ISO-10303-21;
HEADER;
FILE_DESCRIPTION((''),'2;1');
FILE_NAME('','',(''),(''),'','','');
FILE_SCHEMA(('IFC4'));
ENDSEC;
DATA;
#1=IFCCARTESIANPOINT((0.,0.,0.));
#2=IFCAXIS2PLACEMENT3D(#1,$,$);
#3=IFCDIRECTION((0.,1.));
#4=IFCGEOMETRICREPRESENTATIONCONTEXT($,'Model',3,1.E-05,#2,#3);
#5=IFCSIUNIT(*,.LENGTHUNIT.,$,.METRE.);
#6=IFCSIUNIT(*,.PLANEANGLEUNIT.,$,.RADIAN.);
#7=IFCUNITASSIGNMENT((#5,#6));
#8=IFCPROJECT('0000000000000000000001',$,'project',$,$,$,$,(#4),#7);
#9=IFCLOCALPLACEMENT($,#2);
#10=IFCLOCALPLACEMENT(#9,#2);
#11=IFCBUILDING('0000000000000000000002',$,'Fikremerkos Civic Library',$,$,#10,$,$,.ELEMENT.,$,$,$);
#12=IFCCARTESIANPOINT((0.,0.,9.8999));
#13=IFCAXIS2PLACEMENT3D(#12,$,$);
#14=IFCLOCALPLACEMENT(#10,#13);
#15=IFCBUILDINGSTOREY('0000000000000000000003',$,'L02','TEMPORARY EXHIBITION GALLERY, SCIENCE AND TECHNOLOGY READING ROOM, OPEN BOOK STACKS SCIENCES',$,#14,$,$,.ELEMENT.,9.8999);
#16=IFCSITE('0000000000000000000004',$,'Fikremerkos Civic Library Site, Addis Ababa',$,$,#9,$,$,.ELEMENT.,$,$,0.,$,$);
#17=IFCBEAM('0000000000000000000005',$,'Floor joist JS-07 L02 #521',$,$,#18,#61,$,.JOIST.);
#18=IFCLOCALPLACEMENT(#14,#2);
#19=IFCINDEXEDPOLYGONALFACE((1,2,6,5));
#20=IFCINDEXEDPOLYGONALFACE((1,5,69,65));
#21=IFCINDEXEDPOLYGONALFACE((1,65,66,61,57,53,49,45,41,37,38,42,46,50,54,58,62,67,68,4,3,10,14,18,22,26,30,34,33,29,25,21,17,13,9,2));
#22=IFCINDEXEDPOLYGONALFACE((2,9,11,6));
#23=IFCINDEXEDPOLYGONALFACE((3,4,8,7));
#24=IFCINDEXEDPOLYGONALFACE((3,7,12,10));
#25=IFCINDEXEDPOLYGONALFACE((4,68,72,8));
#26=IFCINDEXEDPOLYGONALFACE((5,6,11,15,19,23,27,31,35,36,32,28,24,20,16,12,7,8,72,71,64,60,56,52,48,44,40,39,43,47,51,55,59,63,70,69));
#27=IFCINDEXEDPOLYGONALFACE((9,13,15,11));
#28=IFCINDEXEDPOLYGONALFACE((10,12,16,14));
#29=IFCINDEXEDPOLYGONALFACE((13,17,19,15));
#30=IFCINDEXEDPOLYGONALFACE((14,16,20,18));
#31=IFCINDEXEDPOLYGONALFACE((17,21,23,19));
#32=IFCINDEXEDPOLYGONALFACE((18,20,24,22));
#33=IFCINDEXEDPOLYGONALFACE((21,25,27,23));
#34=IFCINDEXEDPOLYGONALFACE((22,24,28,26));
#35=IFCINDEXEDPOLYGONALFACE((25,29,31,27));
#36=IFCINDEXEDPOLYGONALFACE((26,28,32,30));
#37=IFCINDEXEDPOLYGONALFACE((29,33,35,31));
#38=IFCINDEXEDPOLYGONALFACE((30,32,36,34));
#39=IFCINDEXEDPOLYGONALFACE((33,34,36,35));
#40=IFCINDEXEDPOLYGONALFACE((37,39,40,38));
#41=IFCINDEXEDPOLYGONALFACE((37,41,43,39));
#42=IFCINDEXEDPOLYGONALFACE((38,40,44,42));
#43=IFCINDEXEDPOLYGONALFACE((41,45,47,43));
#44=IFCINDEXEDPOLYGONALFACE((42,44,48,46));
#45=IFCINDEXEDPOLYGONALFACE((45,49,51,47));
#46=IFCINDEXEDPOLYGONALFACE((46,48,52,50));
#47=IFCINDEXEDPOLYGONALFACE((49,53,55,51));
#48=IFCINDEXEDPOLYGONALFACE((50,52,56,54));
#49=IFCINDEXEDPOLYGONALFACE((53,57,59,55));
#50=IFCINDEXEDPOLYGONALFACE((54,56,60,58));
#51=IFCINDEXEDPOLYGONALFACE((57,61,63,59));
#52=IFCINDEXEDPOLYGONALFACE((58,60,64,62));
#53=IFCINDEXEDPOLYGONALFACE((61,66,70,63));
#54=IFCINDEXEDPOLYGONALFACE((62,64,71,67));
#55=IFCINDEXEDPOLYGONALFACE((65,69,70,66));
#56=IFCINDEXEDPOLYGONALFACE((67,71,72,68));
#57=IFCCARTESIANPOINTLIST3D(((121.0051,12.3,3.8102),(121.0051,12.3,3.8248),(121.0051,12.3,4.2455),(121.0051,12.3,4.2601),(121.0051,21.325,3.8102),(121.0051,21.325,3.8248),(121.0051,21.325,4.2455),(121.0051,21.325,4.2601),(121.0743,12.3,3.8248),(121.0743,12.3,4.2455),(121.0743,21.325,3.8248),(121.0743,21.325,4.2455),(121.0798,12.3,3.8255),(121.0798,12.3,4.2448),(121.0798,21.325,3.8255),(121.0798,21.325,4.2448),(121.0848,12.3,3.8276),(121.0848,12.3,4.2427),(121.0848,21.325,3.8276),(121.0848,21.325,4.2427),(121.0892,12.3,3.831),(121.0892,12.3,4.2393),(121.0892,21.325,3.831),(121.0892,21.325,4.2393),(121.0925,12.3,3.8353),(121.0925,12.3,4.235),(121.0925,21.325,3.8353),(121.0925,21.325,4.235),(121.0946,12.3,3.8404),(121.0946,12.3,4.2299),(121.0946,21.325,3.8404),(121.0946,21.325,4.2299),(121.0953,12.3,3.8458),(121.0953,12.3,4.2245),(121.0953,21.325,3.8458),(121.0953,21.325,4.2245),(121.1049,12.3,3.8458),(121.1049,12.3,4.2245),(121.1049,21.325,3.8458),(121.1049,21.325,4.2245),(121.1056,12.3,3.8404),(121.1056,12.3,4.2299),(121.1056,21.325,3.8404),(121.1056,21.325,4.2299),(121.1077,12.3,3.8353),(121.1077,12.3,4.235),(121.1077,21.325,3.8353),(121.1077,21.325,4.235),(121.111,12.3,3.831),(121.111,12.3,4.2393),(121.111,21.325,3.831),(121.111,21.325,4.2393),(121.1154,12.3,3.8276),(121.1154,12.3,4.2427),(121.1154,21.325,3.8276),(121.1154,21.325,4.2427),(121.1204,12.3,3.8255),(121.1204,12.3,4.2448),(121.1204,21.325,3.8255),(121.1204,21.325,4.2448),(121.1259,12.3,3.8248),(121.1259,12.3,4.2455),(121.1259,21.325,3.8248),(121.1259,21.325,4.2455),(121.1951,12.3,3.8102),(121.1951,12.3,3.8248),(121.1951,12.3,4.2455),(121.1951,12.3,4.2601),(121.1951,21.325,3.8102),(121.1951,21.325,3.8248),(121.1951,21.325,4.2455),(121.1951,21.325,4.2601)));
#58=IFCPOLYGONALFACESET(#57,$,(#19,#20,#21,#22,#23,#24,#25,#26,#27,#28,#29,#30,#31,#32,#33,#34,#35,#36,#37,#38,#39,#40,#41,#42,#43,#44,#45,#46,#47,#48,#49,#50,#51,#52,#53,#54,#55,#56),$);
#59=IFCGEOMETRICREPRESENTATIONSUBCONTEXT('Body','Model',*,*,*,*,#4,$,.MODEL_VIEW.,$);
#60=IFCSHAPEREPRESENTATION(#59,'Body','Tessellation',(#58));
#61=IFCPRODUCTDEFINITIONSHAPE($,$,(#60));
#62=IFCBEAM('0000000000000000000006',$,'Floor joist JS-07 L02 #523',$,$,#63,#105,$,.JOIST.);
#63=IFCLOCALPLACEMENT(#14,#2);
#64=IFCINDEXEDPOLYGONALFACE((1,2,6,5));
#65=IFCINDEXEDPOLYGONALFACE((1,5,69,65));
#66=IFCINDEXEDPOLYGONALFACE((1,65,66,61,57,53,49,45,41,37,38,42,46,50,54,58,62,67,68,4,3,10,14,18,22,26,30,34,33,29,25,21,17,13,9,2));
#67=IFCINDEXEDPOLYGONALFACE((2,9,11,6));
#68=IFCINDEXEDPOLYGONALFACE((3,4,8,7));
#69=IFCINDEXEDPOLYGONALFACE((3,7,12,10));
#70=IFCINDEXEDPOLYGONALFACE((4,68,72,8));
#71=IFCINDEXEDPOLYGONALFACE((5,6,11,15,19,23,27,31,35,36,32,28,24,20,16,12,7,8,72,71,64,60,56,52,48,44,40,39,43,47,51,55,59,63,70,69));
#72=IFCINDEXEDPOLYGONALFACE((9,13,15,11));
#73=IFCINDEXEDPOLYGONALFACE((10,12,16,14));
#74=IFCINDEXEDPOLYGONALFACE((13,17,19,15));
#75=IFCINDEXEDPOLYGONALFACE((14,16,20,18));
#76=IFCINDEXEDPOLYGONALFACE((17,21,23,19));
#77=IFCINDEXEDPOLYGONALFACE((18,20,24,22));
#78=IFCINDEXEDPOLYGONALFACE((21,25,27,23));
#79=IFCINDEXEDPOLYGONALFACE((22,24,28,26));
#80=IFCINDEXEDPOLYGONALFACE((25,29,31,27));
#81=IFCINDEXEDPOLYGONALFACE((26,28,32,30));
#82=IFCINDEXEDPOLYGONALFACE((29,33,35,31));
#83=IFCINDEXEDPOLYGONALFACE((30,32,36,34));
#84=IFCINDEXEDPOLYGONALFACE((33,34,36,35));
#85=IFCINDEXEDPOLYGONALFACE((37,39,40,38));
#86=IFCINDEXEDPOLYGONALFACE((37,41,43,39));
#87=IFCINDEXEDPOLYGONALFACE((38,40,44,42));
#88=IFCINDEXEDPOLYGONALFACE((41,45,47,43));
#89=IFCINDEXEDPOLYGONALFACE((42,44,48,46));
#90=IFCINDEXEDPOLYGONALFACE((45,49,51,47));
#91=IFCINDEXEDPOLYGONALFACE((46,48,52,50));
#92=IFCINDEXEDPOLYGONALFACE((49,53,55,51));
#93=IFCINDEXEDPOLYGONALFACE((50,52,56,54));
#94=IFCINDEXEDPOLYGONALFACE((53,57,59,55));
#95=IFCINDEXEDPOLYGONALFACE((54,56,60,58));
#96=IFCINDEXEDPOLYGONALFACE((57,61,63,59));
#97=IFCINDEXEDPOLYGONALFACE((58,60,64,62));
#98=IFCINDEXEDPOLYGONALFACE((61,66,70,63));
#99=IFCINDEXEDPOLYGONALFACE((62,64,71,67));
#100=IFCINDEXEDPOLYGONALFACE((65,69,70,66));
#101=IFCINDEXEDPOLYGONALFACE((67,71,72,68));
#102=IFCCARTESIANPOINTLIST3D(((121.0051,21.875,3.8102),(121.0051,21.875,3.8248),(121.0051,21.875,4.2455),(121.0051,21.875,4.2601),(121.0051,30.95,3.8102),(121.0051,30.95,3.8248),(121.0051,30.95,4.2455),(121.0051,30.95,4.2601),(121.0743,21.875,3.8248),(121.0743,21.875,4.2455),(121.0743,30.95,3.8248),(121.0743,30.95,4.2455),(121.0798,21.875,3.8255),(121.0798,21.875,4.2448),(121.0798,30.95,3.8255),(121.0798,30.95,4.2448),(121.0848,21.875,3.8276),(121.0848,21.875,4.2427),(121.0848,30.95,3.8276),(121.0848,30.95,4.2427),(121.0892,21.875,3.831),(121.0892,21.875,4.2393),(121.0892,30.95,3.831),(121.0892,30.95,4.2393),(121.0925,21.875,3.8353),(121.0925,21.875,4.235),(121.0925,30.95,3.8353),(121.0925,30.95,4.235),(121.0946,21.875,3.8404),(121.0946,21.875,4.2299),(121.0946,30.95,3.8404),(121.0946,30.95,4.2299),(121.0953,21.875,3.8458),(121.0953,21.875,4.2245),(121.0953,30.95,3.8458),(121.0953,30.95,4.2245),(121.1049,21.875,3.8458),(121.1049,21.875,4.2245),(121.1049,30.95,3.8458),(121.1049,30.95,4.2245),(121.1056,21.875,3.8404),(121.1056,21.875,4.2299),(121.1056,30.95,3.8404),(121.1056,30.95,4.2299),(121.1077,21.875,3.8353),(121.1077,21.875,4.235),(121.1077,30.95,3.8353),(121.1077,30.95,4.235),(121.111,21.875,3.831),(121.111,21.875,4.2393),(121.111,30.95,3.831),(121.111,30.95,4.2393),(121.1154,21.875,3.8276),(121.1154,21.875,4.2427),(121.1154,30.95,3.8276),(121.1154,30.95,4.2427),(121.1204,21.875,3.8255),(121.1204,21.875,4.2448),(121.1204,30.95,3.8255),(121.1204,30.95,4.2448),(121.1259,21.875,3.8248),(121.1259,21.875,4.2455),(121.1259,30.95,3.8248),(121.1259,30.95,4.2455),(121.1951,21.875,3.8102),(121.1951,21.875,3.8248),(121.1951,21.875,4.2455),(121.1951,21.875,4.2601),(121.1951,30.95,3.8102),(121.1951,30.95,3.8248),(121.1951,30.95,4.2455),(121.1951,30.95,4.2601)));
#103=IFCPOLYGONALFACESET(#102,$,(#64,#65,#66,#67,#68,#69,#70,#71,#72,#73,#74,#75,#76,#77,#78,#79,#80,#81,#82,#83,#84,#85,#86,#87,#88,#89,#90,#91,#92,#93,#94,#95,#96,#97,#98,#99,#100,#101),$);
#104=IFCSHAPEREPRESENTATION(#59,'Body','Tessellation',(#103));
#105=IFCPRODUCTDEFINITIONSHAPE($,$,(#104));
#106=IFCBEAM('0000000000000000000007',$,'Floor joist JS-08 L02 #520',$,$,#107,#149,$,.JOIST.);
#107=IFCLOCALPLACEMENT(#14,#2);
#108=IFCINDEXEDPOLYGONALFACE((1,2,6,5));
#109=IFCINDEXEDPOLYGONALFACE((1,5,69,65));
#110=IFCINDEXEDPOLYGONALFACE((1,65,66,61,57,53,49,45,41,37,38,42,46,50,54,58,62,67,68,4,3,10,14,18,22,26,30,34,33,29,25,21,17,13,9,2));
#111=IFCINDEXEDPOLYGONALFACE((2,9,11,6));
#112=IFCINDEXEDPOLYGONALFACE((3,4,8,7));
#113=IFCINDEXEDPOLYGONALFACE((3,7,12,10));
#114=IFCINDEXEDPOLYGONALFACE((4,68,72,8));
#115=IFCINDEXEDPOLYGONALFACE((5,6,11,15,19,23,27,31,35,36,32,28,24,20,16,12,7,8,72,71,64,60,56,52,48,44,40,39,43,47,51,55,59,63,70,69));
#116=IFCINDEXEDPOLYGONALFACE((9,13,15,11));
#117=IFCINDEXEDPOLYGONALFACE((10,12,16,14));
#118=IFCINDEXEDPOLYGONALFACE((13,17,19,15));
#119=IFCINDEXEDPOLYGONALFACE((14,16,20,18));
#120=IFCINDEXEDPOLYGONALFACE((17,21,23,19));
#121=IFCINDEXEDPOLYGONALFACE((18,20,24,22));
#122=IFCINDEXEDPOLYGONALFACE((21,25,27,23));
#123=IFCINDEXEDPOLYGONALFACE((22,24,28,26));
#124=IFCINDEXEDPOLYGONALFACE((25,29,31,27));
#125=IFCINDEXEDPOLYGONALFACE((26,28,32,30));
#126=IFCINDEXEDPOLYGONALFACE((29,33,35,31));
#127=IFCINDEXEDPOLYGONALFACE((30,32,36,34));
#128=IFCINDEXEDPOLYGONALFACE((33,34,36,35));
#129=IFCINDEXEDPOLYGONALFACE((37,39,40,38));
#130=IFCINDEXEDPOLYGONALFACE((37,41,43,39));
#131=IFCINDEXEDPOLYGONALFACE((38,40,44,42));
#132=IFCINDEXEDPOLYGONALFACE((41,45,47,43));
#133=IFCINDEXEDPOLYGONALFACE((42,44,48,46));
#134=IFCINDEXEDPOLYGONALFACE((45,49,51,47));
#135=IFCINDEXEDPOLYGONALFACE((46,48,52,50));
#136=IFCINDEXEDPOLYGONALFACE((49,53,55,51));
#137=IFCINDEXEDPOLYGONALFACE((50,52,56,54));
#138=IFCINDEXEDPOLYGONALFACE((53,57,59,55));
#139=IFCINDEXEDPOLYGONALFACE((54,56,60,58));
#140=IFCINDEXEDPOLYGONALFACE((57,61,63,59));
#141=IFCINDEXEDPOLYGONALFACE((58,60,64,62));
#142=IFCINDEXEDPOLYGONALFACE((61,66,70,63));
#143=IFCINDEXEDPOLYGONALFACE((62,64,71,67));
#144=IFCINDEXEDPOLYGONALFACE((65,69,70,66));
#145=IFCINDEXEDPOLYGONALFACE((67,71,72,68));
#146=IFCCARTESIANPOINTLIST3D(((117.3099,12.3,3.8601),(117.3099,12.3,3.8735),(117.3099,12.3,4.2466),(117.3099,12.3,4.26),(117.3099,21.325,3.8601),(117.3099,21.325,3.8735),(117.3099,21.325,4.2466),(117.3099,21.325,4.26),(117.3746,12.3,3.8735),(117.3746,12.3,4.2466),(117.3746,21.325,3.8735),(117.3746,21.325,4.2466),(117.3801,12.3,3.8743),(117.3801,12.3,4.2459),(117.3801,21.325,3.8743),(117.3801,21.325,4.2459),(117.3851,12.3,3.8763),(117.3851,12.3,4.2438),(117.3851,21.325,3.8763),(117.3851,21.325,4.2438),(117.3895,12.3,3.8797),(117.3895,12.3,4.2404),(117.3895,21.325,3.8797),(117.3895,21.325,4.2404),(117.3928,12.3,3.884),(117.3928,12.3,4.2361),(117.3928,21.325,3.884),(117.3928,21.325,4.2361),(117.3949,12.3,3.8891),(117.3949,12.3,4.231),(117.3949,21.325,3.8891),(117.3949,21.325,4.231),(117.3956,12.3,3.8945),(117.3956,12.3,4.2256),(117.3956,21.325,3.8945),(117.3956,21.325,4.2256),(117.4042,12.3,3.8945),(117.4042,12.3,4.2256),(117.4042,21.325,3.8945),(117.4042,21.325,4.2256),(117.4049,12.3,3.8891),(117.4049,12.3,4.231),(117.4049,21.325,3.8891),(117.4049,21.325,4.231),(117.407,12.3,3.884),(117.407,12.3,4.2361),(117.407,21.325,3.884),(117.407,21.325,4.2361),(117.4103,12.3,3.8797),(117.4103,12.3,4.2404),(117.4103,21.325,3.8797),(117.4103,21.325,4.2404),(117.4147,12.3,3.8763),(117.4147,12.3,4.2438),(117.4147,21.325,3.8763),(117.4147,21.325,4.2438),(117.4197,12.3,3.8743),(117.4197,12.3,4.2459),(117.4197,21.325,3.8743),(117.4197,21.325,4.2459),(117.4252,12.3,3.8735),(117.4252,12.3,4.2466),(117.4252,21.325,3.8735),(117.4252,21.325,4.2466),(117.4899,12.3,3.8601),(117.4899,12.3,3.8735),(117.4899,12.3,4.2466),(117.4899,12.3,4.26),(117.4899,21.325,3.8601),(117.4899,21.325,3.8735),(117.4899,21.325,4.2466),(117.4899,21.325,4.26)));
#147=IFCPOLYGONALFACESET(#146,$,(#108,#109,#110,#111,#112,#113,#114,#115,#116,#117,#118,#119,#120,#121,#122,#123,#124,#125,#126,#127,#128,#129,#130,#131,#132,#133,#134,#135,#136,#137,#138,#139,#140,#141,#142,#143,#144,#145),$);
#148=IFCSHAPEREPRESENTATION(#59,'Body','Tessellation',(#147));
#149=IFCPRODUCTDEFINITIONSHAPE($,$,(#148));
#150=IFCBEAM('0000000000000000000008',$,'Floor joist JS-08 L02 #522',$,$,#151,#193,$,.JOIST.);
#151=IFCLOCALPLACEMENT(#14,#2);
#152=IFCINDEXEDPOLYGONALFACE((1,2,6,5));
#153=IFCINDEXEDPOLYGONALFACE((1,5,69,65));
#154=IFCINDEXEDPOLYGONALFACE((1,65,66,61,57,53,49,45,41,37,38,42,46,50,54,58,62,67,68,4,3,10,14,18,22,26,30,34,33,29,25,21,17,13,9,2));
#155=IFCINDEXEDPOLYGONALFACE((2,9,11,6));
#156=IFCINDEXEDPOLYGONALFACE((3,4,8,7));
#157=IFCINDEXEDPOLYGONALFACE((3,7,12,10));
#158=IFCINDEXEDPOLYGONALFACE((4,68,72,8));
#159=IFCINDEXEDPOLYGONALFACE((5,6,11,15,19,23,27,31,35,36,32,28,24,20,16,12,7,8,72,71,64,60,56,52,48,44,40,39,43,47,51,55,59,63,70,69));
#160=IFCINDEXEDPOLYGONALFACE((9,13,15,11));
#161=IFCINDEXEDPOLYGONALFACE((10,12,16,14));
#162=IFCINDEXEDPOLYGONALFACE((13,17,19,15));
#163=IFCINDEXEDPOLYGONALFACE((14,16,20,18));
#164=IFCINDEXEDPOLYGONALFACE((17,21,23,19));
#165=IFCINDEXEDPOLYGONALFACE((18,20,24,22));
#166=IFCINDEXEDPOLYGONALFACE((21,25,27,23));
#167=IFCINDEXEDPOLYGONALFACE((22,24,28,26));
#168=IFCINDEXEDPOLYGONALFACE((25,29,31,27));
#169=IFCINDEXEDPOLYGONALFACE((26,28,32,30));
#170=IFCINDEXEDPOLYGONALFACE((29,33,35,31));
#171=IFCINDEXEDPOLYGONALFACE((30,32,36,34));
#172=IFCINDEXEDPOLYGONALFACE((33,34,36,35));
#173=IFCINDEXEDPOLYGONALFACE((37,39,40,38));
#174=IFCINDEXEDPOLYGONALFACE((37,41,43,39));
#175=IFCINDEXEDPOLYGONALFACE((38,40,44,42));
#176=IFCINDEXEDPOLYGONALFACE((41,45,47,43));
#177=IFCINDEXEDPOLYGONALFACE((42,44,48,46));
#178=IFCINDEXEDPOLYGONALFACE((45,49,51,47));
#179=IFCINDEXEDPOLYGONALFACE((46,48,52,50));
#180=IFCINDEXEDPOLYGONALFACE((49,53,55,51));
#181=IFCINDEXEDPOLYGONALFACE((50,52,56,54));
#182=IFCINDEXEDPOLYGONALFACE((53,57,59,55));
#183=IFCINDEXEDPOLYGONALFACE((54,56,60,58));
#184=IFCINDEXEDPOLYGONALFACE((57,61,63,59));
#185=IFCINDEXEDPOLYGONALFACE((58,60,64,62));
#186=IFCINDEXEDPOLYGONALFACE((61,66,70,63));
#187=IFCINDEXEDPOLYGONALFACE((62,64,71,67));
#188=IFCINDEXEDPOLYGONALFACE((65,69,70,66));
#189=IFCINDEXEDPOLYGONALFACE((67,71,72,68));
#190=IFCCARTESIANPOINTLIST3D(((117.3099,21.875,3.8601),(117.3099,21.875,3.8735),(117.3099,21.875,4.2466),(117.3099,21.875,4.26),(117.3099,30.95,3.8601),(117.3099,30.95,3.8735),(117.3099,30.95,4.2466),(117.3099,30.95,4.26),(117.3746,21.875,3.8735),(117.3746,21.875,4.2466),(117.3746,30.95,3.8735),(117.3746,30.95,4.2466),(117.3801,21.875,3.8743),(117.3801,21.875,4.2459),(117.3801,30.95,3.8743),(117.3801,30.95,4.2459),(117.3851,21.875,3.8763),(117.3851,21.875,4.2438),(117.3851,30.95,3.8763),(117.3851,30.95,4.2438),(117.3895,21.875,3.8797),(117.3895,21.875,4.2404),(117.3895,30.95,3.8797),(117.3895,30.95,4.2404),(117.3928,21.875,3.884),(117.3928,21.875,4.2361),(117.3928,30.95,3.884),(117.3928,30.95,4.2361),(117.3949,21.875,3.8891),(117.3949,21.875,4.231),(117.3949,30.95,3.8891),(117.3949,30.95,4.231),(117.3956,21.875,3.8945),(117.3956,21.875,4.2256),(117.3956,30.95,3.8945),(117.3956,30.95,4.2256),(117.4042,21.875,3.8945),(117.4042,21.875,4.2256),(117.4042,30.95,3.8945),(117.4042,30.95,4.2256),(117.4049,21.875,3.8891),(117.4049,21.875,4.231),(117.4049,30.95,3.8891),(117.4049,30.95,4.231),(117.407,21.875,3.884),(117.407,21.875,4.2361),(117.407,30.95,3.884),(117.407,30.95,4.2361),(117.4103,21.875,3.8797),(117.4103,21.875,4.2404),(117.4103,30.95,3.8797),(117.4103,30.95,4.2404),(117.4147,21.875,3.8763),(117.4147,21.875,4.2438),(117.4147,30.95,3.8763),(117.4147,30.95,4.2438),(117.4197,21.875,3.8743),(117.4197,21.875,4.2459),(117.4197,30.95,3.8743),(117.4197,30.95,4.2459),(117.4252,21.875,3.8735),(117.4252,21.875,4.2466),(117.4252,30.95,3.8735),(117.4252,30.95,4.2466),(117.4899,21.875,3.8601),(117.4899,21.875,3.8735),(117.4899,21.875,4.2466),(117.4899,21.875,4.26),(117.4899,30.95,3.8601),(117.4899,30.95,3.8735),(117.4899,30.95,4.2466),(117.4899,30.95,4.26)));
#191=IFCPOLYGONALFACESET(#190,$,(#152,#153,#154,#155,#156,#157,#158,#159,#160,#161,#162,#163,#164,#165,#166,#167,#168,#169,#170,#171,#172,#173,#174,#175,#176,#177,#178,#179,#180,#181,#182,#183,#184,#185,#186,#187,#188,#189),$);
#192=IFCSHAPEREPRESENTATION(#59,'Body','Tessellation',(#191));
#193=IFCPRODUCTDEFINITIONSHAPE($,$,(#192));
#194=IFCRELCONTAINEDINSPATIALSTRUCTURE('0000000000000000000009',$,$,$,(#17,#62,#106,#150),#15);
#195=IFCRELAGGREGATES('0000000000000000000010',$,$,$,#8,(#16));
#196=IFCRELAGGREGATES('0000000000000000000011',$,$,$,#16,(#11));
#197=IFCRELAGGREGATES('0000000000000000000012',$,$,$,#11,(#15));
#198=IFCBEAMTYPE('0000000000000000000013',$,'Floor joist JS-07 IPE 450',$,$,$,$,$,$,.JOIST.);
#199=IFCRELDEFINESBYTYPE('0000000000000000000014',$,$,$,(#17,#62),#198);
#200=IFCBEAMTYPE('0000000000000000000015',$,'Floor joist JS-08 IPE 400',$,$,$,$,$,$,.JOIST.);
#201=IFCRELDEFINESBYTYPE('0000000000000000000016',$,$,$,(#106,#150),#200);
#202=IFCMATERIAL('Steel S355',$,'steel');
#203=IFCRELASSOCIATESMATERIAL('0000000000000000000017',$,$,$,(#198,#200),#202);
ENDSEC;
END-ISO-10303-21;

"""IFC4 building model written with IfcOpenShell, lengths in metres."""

from ifc_helpers import new_model, si_unit, direction, frame, origin, origin_2d, place, context, subcontext, project, spatial, i_section, extrude, material, material_profile, profile_set, type_object, element, save


model = new_model("IFC4")

# Units and contexts
model_context = context("Model", 3, precision=1e-05, world=origin(), true_north=direction((0.0, 1.0)))
body_context = subcontext(model_context, "Body", "Model", "MODEL_VIEW")
ifc_project = project(units=[si_unit("LENGTHUNIT", "METRE"), si_unit("PLANEANGLEUNIT", "RADIAN")], contexts=[model_context])

# Site, building, storey
site_placement = place(None, origin())
site = spatial("IfcSite", under=ifc_project, at=site_placement, Name="Fikremerkos Civic Library Site, Addis Ababa", CompositionType="ELEMENT", RefElevation=0.0)
building_placement = place(site_placement, origin())
building = spatial("IfcBuilding", under=site, at=building_placement, Name="Fikremerkos Civic Library", CompositionType="ELEMENT")
storey_placement = place(building_placement, frame((0.0, 0.0, 9.8999)))
storey = spatial("IfcBuildingStorey", under=building, at=storey_placement, Name="L02", Description="TEMPORARY EXHIBITION GALLERY, SCIENCE AND TECHNOLOGY READING ROOM, OPEN BOOK STACKS SCIENCES", CompositionType="ELEMENT", Elevation=9.8999)

# Shared definitions
ifc_material_1 = material(Name="Steel S355", Category="steel")

# Beams
ifc_material_profile_1 = material_profile(ifc_material_1, i_section(OverallWidth=0.1899, OverallDepth=0.45, WebThickness=0.0095, FlangeThickness=0.0146, FilletRadius=0.021, at=origin_2d()), Name="IPE 450")
ifc_profile_set_1 = profile_set([ifc_material_profile_1], Name="Steel S355")
beam_type_1 = type_object("IfcBeamType", Name="Floor joist JS-07 IPE 450", PredefinedType="JOIST", material=ifc_profile_set_1)
beam_1_placement = place(storey_placement, frame((121.1001, 12.3, 4.0352), z_axis=(0.0, 1.0, 0.0), x_axis=(-1.0, 0.0, 0.0)))
element("IfcBeam", 1, at=beam_1_placement, inside=storey, type_object=beam_type_1, Name="Floor joist JS-07 L02 #521", PredefinedType="JOIST", context=body_context, shape_type="SweptSolid", body=[
    extrude(i_section(OverallWidth=0.1899, OverallDepth=0.45, WebThickness=0.0095, FlangeThickness=0.0146, FilletRadius=0.021, at=origin_2d()), origin(), (0.0, 0.0, 1.0), 9.0249),
])
beam_2_placement = place(storey_placement, frame((121.1001, 21.875, 4.0352), z_axis=(0.0, 1.0, 0.0), x_axis=(-1.0, 0.0, 0.0)))
element("IfcBeam", 2, at=beam_2_placement, inside=storey, type_object=beam_type_1, Name="Floor joist JS-07 L02 #523", PredefinedType="JOIST", context=body_context, shape_type="SweptSolid", body=[
    extrude(i_section(OverallWidth=0.1899, OverallDepth=0.45, WebThickness=0.0095, FlangeThickness=0.0146, FilletRadius=0.021, at=origin_2d()), origin(), (0.0, 0.0, 1.0), 9.075),
])
ifc_material_profile_2 = material_profile(ifc_material_1, i_section(OverallWidth=0.1799, OverallDepth=0.3999, WebThickness=0.0085, FlangeThickness=0.0134, FilletRadius=0.021, at=origin_2d()), Name="IPE 400")
ifc_profile_set_2 = profile_set([ifc_material_profile_2], Name="Steel S355")
beam_type_2 = type_object("IfcBeamType", Name="Floor joist JS-08 IPE 400", PredefinedType="JOIST", material=ifc_profile_set_2)
beam_3_placement = place(storey_placement, frame((117.3999, 12.3, 4.0601), z_axis=(0.0, 1.0, 0.0), x_axis=(-1.0, 0.0, 0.0)))
element("IfcBeam", 3, at=beam_3_placement, inside=storey, type_object=beam_type_2, Name="Floor joist JS-08 L02 #520", PredefinedType="JOIST", context=body_context, shape_type="SweptSolid", body=[
    extrude(i_section(OverallWidth=0.1799, OverallDepth=0.3999, WebThickness=0.0085, FlangeThickness=0.0134, FilletRadius=0.021, at=origin_2d()), origin(), (0.0, 0.0, 1.0), 9.0249),
])
beam_4_placement = place(storey_placement, frame((117.3999, 21.875, 4.0601), z_axis=(0.0, 1.0, 0.0), x_axis=(-1.0, 0.0, 0.0)))
element("IfcBeam", 4, at=beam_4_placement, inside=storey, type_object=beam_type_2, Name="Floor joist JS-08 L02 #522", PredefinedType="JOIST", context=body_context, shape_type="SweptSolid", body=[
    extrude(i_section(OverallWidth=0.1799, OverallDepth=0.3999, WebThickness=0.0085, FlangeThickness=0.0134, FilletRadius=0.021, at=origin_2d()), origin(), (0.0, 0.0, 1.0), 9.075),
])

save(model, "model.ifc")
